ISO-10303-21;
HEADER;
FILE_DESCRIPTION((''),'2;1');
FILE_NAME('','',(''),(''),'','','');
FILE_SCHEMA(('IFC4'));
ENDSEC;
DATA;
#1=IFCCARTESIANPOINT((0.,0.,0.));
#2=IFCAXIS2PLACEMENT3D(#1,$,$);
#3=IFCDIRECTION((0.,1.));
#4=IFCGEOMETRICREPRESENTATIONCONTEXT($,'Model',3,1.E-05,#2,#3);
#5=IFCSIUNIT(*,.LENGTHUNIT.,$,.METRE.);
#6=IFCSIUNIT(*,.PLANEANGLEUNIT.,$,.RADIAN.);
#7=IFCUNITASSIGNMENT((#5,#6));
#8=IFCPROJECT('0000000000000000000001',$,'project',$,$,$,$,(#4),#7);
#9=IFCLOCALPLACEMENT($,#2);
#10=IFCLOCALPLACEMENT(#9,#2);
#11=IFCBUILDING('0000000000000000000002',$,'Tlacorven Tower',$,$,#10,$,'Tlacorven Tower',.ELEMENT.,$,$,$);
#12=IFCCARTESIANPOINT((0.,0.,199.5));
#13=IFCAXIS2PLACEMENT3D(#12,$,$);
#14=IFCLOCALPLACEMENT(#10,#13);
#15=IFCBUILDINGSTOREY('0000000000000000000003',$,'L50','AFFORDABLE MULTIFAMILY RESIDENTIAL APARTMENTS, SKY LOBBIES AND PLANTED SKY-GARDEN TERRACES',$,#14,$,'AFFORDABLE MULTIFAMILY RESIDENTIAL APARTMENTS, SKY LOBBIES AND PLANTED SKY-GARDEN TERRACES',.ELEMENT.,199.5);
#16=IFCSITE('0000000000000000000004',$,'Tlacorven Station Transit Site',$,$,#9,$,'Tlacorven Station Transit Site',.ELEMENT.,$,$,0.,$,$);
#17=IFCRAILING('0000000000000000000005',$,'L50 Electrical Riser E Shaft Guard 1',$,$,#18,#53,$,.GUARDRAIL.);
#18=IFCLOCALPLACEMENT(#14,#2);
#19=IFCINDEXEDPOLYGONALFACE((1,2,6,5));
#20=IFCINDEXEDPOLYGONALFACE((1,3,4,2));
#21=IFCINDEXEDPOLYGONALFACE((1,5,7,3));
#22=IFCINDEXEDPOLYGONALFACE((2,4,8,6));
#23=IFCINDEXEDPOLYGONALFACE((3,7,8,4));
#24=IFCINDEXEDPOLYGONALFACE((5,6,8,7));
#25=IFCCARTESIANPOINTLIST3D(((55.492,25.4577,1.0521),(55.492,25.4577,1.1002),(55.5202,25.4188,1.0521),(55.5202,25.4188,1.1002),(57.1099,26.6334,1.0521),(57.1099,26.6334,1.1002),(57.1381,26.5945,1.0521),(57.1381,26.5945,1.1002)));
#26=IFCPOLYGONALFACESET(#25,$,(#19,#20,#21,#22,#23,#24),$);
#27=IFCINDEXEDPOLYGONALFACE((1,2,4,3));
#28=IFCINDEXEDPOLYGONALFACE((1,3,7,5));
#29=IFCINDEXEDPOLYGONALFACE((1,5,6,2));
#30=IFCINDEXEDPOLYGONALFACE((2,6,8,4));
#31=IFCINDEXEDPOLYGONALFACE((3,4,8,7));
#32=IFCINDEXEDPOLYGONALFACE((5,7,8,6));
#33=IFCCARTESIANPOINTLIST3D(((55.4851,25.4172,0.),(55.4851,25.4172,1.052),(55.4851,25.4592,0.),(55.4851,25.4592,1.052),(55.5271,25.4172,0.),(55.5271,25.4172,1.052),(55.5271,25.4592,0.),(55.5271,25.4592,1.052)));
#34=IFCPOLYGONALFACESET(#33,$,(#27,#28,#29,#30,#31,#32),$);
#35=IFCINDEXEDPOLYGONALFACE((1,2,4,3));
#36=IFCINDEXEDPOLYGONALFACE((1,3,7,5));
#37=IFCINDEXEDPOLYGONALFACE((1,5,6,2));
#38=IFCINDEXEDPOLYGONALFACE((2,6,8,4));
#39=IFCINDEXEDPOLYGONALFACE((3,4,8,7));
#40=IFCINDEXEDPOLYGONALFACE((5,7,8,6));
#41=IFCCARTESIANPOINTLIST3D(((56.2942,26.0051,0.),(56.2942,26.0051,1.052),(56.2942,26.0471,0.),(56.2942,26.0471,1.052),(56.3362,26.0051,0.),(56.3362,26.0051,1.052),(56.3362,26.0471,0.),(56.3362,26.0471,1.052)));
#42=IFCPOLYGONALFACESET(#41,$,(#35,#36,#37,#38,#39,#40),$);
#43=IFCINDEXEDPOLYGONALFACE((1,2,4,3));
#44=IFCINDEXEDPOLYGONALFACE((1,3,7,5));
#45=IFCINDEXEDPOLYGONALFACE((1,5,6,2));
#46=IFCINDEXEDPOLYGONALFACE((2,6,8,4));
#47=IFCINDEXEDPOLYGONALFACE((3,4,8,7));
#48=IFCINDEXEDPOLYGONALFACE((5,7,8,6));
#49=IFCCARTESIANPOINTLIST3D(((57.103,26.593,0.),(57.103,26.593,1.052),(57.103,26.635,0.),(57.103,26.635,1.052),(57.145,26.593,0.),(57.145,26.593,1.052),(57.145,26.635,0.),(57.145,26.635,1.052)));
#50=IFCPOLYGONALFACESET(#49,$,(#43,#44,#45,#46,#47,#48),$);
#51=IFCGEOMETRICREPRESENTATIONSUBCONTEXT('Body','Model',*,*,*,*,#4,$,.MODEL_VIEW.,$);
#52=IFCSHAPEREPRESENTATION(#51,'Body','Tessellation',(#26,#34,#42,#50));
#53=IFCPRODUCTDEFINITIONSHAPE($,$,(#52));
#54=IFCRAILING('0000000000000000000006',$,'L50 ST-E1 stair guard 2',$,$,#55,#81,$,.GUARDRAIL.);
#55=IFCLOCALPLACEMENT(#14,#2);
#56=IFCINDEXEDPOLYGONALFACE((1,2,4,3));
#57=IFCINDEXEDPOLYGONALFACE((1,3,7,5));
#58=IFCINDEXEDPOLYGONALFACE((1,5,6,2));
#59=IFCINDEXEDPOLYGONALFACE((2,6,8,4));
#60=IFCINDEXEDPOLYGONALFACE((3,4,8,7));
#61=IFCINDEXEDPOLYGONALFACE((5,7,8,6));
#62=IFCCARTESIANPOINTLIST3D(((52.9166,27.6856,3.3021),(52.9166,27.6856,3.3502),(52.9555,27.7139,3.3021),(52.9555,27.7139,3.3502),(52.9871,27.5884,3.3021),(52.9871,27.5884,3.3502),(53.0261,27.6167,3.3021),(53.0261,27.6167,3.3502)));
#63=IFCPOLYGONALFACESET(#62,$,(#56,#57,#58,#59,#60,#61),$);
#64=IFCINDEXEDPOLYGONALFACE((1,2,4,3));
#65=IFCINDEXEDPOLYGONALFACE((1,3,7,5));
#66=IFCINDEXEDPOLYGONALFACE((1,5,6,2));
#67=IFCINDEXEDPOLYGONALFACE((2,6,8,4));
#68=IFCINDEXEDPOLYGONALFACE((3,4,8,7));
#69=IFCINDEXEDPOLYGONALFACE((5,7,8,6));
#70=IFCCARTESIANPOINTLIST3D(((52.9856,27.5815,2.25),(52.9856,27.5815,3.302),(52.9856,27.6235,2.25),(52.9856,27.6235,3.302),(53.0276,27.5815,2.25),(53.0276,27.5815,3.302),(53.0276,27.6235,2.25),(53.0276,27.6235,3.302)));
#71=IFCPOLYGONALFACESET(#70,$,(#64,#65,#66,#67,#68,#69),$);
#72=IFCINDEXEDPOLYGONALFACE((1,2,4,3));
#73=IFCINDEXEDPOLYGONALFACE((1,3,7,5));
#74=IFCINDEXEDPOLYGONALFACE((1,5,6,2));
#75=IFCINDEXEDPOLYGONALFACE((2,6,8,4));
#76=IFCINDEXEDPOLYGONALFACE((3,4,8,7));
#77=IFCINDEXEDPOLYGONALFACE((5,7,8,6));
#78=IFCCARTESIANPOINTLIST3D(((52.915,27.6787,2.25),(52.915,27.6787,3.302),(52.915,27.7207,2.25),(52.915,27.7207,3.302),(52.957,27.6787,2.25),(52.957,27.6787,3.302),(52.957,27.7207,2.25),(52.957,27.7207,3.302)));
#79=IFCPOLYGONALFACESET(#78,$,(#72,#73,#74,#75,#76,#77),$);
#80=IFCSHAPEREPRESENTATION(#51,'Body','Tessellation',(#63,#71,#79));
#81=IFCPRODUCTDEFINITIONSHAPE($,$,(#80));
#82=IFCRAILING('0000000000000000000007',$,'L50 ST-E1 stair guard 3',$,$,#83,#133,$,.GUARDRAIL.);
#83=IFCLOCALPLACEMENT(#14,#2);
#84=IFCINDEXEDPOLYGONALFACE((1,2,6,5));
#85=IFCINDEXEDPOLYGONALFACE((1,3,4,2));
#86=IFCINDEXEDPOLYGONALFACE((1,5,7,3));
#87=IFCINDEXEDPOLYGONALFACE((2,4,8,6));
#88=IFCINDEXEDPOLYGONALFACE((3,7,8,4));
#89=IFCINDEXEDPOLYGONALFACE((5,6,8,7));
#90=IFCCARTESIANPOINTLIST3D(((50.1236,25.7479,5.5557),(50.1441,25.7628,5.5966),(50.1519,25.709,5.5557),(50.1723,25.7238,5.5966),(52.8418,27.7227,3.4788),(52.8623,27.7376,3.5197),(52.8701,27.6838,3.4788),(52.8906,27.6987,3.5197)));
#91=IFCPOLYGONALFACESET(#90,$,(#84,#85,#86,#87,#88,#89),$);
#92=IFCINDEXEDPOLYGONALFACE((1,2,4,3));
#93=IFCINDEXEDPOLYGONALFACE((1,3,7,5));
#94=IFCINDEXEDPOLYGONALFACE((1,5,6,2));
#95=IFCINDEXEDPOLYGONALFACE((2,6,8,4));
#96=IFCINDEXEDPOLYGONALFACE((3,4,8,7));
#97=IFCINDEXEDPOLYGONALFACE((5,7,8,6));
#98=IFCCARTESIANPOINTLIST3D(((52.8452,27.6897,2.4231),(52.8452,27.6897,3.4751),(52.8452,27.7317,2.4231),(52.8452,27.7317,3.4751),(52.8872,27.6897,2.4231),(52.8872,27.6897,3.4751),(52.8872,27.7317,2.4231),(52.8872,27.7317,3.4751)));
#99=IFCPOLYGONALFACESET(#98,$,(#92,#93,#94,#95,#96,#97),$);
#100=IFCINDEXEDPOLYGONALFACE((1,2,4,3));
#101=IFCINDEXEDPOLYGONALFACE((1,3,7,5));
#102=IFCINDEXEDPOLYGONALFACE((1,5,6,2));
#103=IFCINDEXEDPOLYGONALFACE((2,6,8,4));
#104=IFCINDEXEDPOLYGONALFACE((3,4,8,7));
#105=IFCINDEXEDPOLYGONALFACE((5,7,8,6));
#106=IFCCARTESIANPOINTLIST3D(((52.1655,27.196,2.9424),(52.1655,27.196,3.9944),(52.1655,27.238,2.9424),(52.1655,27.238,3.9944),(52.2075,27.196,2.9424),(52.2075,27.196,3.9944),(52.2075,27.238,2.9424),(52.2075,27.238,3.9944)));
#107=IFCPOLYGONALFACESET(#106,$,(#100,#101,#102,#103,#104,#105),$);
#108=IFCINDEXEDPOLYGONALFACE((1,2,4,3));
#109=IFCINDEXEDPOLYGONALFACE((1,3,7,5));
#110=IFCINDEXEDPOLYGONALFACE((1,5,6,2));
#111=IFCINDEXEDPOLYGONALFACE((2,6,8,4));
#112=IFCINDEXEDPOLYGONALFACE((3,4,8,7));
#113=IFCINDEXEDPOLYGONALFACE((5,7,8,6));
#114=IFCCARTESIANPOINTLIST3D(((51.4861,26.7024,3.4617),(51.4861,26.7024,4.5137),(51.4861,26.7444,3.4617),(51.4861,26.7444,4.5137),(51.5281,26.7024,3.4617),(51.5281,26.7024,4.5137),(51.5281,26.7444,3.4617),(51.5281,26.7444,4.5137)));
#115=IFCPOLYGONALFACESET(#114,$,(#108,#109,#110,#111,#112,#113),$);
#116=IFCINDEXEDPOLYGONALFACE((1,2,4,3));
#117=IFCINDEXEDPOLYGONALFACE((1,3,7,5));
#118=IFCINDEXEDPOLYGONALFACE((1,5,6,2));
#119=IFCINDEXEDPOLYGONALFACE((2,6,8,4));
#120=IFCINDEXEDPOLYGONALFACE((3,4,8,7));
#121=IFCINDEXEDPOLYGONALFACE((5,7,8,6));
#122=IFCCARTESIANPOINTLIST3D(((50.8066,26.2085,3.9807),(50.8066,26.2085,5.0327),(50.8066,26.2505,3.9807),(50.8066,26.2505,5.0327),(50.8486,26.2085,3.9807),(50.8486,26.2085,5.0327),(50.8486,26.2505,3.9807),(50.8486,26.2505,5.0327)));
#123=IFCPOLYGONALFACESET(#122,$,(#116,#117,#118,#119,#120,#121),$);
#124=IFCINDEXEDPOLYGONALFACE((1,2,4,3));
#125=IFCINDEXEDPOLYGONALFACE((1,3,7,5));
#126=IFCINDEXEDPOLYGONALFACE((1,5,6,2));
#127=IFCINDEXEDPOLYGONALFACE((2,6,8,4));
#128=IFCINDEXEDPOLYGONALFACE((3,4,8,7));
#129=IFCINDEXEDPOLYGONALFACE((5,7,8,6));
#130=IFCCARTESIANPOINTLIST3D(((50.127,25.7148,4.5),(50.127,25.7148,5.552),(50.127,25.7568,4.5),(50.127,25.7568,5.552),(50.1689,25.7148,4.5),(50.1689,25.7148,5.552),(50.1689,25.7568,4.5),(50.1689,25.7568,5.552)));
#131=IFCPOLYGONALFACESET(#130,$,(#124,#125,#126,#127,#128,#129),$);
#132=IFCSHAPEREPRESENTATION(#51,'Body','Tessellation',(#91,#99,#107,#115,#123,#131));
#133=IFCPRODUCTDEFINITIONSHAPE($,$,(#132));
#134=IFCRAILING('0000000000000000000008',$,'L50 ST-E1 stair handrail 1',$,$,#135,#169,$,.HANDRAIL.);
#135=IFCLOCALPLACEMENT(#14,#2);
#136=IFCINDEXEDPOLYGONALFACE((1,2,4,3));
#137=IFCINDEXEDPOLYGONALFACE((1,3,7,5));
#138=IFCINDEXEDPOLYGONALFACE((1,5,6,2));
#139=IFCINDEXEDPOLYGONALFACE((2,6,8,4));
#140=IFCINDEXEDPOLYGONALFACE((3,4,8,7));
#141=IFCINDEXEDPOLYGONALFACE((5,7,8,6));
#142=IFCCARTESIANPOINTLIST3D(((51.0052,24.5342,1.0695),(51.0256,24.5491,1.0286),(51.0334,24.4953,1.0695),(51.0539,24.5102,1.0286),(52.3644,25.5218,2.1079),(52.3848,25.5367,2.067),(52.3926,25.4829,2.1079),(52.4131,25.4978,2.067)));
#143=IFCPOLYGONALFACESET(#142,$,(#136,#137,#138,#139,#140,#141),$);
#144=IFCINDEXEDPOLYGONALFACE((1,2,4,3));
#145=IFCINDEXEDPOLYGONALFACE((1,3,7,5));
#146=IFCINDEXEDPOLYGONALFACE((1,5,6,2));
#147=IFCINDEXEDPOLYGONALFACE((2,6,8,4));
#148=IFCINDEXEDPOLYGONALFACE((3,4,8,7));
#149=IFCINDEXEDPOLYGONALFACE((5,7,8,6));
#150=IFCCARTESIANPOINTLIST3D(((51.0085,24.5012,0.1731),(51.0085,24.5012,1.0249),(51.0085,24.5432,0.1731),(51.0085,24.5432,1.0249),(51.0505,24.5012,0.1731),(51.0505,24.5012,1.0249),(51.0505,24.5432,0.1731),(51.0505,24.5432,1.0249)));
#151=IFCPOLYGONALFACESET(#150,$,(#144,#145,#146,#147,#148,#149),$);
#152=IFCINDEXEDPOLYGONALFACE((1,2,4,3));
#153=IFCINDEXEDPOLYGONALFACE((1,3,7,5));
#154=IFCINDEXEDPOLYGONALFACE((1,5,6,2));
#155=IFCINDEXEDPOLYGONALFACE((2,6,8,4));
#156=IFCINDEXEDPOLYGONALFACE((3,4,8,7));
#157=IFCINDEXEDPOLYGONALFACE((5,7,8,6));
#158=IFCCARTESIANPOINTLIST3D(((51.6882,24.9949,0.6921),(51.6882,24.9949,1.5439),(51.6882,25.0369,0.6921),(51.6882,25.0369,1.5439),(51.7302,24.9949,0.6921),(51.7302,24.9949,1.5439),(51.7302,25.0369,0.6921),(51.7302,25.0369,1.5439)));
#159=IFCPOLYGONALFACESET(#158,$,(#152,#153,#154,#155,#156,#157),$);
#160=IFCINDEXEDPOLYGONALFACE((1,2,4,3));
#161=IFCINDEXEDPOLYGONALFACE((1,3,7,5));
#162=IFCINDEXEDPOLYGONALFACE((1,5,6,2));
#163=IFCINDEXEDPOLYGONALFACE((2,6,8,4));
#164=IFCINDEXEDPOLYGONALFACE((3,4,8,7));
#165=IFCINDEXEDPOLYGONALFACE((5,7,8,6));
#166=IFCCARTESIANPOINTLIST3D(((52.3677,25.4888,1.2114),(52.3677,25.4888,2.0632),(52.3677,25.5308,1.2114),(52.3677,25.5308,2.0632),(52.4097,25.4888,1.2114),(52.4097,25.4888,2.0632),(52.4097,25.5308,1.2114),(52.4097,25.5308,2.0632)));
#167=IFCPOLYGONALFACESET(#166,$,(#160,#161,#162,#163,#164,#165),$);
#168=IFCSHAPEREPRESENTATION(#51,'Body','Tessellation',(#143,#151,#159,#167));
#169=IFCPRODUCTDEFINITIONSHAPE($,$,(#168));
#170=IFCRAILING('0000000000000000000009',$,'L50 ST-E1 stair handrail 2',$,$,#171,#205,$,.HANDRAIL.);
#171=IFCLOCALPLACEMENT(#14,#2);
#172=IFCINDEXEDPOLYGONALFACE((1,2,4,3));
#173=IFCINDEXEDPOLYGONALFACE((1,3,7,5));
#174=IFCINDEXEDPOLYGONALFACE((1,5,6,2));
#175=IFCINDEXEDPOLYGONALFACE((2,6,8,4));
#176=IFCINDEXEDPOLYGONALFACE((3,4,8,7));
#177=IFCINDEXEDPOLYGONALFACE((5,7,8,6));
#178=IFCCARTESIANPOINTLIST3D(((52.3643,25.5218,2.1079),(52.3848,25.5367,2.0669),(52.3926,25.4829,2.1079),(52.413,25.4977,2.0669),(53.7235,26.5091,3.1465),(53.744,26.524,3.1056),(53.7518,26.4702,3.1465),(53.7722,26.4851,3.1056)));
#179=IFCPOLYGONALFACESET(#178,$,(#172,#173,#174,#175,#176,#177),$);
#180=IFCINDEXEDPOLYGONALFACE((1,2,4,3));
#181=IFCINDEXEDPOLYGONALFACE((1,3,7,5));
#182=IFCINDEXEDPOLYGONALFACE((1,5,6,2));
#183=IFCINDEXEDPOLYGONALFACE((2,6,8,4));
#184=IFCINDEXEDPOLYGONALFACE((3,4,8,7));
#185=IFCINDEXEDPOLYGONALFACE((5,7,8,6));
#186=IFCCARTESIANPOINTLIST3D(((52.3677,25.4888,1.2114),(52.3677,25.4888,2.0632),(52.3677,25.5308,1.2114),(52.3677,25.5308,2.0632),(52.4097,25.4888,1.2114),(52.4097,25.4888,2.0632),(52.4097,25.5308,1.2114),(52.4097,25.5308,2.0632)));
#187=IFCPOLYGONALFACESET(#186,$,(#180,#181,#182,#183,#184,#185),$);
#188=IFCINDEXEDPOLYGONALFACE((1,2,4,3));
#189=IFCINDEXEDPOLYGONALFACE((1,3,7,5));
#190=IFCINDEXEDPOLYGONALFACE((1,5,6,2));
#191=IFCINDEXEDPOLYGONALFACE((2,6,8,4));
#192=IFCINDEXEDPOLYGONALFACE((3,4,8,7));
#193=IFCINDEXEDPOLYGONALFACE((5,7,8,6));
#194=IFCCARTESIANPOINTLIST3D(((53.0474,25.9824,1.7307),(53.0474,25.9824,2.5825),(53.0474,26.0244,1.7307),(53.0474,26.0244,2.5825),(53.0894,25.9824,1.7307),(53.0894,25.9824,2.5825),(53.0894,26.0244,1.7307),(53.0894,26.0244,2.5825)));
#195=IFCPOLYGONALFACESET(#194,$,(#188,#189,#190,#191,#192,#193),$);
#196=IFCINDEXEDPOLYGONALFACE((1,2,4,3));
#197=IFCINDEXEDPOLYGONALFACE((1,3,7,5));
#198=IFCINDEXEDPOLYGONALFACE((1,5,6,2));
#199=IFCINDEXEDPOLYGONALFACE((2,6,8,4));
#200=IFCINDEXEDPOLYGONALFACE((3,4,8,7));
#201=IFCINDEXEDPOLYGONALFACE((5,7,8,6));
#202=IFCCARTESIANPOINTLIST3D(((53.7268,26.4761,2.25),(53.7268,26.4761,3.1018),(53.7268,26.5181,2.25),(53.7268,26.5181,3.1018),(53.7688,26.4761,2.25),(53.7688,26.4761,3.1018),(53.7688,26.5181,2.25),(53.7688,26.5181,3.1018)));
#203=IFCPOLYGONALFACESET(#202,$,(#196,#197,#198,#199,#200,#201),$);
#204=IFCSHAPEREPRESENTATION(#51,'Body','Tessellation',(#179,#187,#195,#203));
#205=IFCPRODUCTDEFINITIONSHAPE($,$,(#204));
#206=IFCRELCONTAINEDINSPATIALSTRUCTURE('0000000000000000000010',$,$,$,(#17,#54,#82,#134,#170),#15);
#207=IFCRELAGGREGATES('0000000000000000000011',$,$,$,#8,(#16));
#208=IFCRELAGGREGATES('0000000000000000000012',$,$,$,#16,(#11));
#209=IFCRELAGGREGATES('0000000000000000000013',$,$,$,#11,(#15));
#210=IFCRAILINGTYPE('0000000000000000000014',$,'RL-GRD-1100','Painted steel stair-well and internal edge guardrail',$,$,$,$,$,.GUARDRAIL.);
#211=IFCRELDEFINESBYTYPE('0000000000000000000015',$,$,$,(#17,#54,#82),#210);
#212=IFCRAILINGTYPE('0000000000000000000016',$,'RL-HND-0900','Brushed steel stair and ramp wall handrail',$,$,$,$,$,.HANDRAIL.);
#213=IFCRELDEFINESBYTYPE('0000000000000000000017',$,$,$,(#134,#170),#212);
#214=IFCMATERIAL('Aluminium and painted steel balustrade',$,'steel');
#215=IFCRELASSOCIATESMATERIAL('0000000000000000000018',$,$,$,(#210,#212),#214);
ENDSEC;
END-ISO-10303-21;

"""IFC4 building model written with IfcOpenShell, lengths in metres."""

from ifc_helpers import new_model, si_unit, direction, frame, origin, origin_2d, place, context, subcontext, project, spatial, rectangle, extrude, source, transform, mapped, material, type_object, element, save


model = new_model("IFC4")

# Units and contexts
model_context = context("Model", 3, precision=1e-05, world=origin(), true_north=direction((0.0, 1.0)))
body_context = subcontext(model_context, "Body", "Model", "MODEL_VIEW")
ifc_project = project(units=[si_unit("LENGTHUNIT", "METRE"), si_unit("PLANEANGLEUNIT", "RADIAN")], contexts=[model_context])

# Site, building, storey
site_placement = place(None, origin())
site = spatial("IfcSite", under=ifc_project, at=site_placement, Name="Tlacorven Station Transit Site", LongName="Tlacorven Station Transit Site", CompositionType="ELEMENT", RefElevation=0.0)
building_placement = place(site_placement, origin())
building = spatial("IfcBuilding", under=site, at=building_placement, Name="Tlacorven Tower", LongName="Tlacorven Tower", CompositionType="ELEMENT")
storey_placement = place(building_placement, frame((0.0, 0.0, 199.5)))
storey = spatial("IfcBuildingStorey", under=building, at=storey_placement, Name="L50", Description="AFFORDABLE MULTIFAMILY RESIDENTIAL APARTMENTS, SKY LOBBIES AND PLANTED SKY-GARDEN TERRACES", LongName="AFFORDABLE MULTIFAMILY RESIDENTIAL APARTMENTS, SKY LOBBIES AND PLANTED SKY-GARDEN TERRACES", CompositionType="ELEMENT", Elevation=199.5)

# Railings
ifc_material_1 = material(Name="Aluminium and painted steel balustrade", Category="steel")
railing_type_1 = type_object("IfcRailingType", Name="RL-GRD-1100", Description="Painted steel stair-well and internal edge guardrail", PredefinedType="GUARDRAIL", material=ifc_material_1)
shared_shape_1 = source(origin(), body_context, "Body", "SweptSolid", [
    extrude(rectangle(XDim=0.0481, YDim=0.0481, at=origin_2d()), frame((0.0, 0.0, 1.0762), z_axis=(0.808947, 0.587881, 0.0), x_axis=(-0.587881, 0.808947, 0.0)), (0.0, 0.0, 1.0), 2.0),
    extrude(rectangle(XDim=0.042, YDim=0.042, at=origin_2d()), origin(), (0.0, 0.0, 1.0), 1.052),
    extrude(rectangle(XDim=0.042, YDim=0.042, at=origin_2d()), frame((0.8091, 0.5879, 0.0)), (0.0, 0.0, 1.0), 1.052),
    extrude(rectangle(XDim=0.042, YDim=0.042, at=origin_2d()), frame((1.6179, 1.1758, 0.0)), (0.0, 0.0, 1.0), 1.052),
])
railing_1_placement = place(storey_placement, frame((55.5061, 25.4382, 0.0)))
element("IfcRailing", 1, at=railing_1_placement, inside=storey, type_object=railing_type_1, Name="L50 Electrical Riser E Shaft Guard 1", PredefinedType="GUARDRAIL", context=body_context, shape_type="MappedRepresentation", body=[
    mapped(shared_shape_1, transform((0.0, 0.0, 0.0), scale=1.0)),
])
shared_shape_2 = source(origin(), body_context, "Body", "SweptSolid", [
    extrude(rectangle(XDim=0.0481, YDim=0.0481, at=origin_2d()), frame((0.0, 0.0, 1.0762), z_axis=(-0.587567, 0.809175, 0.0), x_axis=(-0.809175, -0.587567, 0.0)), (0.0, 0.0, 1.0), 0.1201),
    extrude(rectangle(XDim=0.042, YDim=0.042, at=origin_2d()), origin(), (0.0, 0.0, 1.0), 1.052),
    extrude(rectangle(XDim=0.042, YDim=0.042, at=origin_2d()), frame((-0.0706, 0.0972, 0.0)), (0.0, 0.0, 1.0), 1.052),
])
railing_2_placement = place(storey_placement, frame((53.0066, 27.6025, 2.25)))
element("IfcRailing", 2, at=railing_2_placement, inside=storey, type_object=railing_type_1, Name="L50 ST-E1 stair guard 2", PredefinedType="GUARDRAIL", context=body_context, shape_type="MappedRepresentation", body=[
    mapped(shared_shape_2, transform((0.0, 0.0, 0.0), scale=1.0)),
])
shared_shape_3 = source(origin(), body_context, "Body", "SweptSolid", [
    extrude(rectangle(XDim=0.0481, YDim=0.0481, at=origin_2d()), frame((0.0, 0.0, 1.0762), z_axis=(-0.688167, -0.499963, 0.525798), x_axis=(0.58777, -0.809028, 0.0)), (0.0, 0.0, 1.0), 3.95),
    extrude(rectangle(XDim=0.042, YDim=0.042, at=origin_2d()), origin(), (0.0, 0.0, 1.0), 1.052),
    extrude(rectangle(XDim=0.042, YDim=0.042, at=origin_2d()), frame((-0.6797, -0.4937, 0.5193)), (0.0, 0.0, 1.0), 1.052),
    extrude(rectangle(XDim=0.042, YDim=0.042, at=origin_2d()), frame((-1.3591, -0.9873, 1.0386)), (0.0, 0.0, 1.0), 1.052),
    extrude(rectangle(XDim=0.042, YDim=0.042, at=origin_2d()), frame((-2.0386, -1.4812, 1.5576)), (0.0, 0.0, 1.0), 1.052),
    extrude(rectangle(XDim=0.042, YDim=0.042, at=origin_2d()), frame((-2.7183, -1.9749, 2.0769)), (0.0, 0.0, 1.0), 1.052),
])
railing_3_placement = place(storey_placement, frame((52.8662, 27.7107, 2.4231)))
element("IfcRailing", 3, at=railing_3_placement, inside=storey, type_object=railing_type_1, Name="L50 ST-E1 stair guard 3", PredefinedType="GUARDRAIL", context=body_context, shape_type="MappedRepresentation", body=[
    mapped(shared_shape_3, transform((0.0, 0.0, 0.0), scale=1.0)),
])
railing_type_2 = type_object("IfcRailingType", Name="RL-HND-0900", Description="Brushed steel stair and ramp wall handrail", PredefinedType="HANDRAIL", material=ifc_material_1)
shared_shape_4 = source(origin(), body_context, "Body", "SweptSolid", [
    extrude(rectangle(XDim=0.0481, YDim=0.0481, at=origin_2d()), frame((0.0, 0.0, 0.876), z_axis=(0.688168, 0.500025, 0.525737), x_axis=(-0.587817, 0.808994, 0.0)), (0.0, 0.0, 1.0), 1.9751),
    extrude(rectangle(XDim=0.042, YDim=0.042, at=origin_2d()), origin(), (0.0, 0.0, 1.0), 0.8518),
    extrude(rectangle(XDim=0.042, YDim=0.042, at=origin_2d()), frame((0.6797, 0.4937, 0.519)), (0.0, 0.0, 1.0), 0.8518),
    extrude(rectangle(XDim=0.042, YDim=0.042, at=origin_2d()), frame((1.3591, 0.9875, 1.0383)), (0.0, 0.0, 1.0), 0.8518),
])
railing_4_placement = place(storey_placement, frame((51.0295, 24.5222, 0.1731)))
element("IfcRailing", 4, at=railing_4_placement, inside=storey, type_object=railing_type_2, Name="L50 ST-E1 stair handrail 1", PredefinedType="HANDRAIL", context=body_context, shape_type="MappedRepresentation", body=[
    mapped(shared_shape_4, transform((0.0, 0.0, 0.0), scale=1.0)),
])
shared_shape_5 = source(origin(), body_context, "Body", "SweptSolid", [
    extrude(rectangle(XDim=0.0481, YDim=0.0481, at=origin_2d()), frame((0.0, 0.0, 0.876), z_axis=(0.688166, 0.4999, 0.525859), x_axis=(-0.587722, 0.809063, 0.0)), (0.0, 0.0, 1.0), 1.9751),
    extrude(rectangle(XDim=0.042, YDim=0.042, at=origin_2d()), origin(), (0.0, 0.0, 1.0), 0.8518),
    extrude(rectangle(XDim=0.042, YDim=0.042, at=origin_2d()), frame((0.6797, 0.4937, 0.5193)), (0.0, 0.0, 1.0), 0.8518),
    extrude(rectangle(XDim=0.042, YDim=0.042, at=origin_2d()), frame((1.3591, 0.9873, 1.0386)), (0.0, 0.0, 1.0), 0.8518),
])
railing_5_placement = place(storey_placement, frame((52.3887, 25.5098, 1.2114)))
element("IfcRailing", 5, at=railing_5_placement, inside=storey, type_object=railing_type_2, Name="L50 ST-E1 stair handrail 2", PredefinedType="HANDRAIL", context=body_context, shape_type="MappedRepresentation", body=[
    mapped(shared_shape_5, transform((0.0, 0.0, 0.0), scale=1.0)),
])

save(model, "model.ifc")
